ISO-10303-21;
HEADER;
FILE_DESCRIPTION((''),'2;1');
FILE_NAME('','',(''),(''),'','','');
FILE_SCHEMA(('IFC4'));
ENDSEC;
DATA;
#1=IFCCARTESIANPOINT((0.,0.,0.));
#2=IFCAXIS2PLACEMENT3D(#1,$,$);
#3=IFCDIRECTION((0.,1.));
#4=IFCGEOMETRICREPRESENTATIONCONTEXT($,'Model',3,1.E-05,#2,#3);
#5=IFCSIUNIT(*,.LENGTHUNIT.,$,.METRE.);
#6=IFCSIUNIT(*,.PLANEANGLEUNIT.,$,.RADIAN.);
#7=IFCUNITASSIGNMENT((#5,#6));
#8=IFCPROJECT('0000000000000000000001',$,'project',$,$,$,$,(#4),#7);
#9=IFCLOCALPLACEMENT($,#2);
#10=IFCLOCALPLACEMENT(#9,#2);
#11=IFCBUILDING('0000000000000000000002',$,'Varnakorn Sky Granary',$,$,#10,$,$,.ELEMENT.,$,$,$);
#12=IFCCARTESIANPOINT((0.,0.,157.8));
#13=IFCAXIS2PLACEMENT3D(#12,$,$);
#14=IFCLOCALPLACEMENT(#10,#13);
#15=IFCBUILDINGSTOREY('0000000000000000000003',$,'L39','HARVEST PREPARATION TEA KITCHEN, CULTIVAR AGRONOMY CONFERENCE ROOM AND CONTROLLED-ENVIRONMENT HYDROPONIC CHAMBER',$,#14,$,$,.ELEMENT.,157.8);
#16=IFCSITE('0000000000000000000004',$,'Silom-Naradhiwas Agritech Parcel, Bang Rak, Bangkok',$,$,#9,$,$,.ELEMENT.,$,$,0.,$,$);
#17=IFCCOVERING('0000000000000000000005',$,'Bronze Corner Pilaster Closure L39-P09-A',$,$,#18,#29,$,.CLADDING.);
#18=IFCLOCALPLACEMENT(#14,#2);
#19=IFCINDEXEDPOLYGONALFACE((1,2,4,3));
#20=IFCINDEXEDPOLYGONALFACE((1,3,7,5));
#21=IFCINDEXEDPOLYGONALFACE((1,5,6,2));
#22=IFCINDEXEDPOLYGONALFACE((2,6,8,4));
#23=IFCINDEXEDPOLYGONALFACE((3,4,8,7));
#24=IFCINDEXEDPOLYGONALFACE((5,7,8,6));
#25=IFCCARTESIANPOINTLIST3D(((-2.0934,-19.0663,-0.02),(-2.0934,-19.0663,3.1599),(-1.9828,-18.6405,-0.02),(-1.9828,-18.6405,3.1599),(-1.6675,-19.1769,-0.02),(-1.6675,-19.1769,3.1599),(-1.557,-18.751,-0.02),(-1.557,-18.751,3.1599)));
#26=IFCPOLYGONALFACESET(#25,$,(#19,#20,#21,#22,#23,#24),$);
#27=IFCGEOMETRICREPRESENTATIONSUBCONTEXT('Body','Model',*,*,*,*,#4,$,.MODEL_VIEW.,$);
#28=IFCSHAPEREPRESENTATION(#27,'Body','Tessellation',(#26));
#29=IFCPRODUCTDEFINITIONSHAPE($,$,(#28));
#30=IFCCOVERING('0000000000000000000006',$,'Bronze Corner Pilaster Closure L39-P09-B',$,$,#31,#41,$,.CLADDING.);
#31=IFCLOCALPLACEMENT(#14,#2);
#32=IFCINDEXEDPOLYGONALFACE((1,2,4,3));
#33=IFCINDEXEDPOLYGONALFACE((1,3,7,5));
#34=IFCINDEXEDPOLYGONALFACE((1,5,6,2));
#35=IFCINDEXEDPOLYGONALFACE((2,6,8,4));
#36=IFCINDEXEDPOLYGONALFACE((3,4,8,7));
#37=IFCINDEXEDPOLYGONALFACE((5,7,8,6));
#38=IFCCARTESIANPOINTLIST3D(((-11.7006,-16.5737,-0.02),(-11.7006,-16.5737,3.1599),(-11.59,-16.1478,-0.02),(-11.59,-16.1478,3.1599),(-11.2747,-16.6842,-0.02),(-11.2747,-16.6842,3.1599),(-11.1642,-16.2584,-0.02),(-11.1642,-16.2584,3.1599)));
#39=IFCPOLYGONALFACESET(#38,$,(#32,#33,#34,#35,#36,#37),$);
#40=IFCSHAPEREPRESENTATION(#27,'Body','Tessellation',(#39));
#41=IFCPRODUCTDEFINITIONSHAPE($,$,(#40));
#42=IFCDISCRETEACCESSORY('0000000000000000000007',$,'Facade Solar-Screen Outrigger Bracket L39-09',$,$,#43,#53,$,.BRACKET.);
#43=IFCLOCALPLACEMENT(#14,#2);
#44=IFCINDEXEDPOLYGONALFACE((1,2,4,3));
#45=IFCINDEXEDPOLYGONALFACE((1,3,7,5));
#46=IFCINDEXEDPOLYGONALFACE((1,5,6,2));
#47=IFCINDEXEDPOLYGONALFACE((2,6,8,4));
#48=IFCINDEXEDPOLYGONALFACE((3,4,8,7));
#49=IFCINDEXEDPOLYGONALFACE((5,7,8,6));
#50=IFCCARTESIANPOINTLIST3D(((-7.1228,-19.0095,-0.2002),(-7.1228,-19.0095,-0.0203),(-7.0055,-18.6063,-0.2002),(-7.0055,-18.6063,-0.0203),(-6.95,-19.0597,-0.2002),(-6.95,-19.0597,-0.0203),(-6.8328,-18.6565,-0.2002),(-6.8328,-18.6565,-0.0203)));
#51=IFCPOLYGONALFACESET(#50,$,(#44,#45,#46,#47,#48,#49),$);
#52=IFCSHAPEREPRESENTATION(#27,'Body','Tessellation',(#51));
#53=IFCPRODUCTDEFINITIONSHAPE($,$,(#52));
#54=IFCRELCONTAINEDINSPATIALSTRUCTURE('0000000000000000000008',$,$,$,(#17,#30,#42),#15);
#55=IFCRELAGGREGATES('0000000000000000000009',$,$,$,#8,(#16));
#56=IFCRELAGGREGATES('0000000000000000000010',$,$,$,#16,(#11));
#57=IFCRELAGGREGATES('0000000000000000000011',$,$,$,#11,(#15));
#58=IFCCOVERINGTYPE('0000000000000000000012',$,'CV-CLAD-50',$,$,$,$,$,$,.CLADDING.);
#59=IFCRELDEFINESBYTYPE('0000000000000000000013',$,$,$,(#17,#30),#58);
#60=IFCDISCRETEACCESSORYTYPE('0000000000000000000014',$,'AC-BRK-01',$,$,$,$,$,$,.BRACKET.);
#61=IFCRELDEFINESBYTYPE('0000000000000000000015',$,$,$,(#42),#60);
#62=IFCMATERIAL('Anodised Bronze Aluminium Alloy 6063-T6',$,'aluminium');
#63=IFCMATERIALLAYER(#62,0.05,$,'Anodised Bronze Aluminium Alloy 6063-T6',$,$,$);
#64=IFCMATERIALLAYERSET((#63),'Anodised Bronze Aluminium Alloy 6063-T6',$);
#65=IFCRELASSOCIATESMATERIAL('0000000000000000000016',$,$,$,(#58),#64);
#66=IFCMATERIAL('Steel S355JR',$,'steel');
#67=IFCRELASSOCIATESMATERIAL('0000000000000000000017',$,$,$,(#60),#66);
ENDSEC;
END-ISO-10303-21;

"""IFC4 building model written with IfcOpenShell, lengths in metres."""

from ifc_helpers import new_model, si_unit, direction, frame, origin, origin_2d, place, context, subcontext, project, spatial, rectangle, extrude, source, transform, mapped, material, layer, layer_set, type_object, type_shapes, element, save


model = new_model("IFC4")

# Units and contexts
model_context = context("Model", 3, precision=1e-05, world=origin(), true_north=direction((0.0, 1.0)))
body_context = subcontext(model_context, "Body", "Model", "MODEL_VIEW")
ifc_project = project(units=[si_unit("LENGTHUNIT", "METRE"), si_unit("PLANEANGLEUNIT", "RADIAN")], contexts=[model_context])

# Site, building, storey
site_placement = place(None, origin())
site = spatial("IfcSite", under=ifc_project, at=site_placement, Name="Silom-Naradhiwas Agritech Parcel, Bang Rak, Bangkok", CompositionType="ELEMENT", RefElevation=0.0)
building_placement = place(site_placement, origin())
building = spatial("IfcBuilding", under=site, at=building_placement, Name="Varnakorn Sky Granary", CompositionType="ELEMENT")
storey_placement = place(building_placement, frame((0.0, 0.0, 157.8)))
storey = spatial("IfcBuildingStorey", under=building, at=storey_placement, Name="L39", Description="HARVEST PREPARATION TEA KITCHEN, CULTIVAR AGRONOMY CONFERENCE ROOM AND CONTROLLED-ENVIRONMENT HYDROPONIC CHAMBER", CompositionType="ELEMENT", Elevation=157.8)

# Shared definitions
ifc_material_1 = material(Name="Steel S355JR", Category="steel")

# Shared definitions
ifc_material_2 = material(Name="Anodised Bronze Aluminium Alloy 6063-T6", Category="aluminium")

# Coverings
ifc_layer_1 = layer(ifc_material_2, 0.05, Name="Anodised Bronze Aluminium Alloy 6063-T6")
ifc_layer_set_1 = layer_set([ifc_layer_1], Name="Anodised Bronze Aluminium Alloy 6063-T6")
covering_type = type_object("IfcCoveringType", Name="CV-CLAD-50", PredefinedType="CLADDING", material=ifc_layer_set_1)
shared_shape_1 = source(origin(), body_context, "Body", "SweptSolid", [
    extrude(rectangle(XDim=0.4399, YDim=0.4399, at=origin_2d()), origin(), (0.0, 0.0, 1.0), 3.1799),
])
type_shapes(covering_type, [shared_shape_1])
for number, where, z_axis, x_axis, name in (
    (1, (-1.8252, -18.9087, -0.02), (0.0, 0.0, 1.0), (-0.967929, 0.251225, 0.0), "Bronze Corner Pilaster Closure L39-P09-A"),
    (2, (-11.4324, -16.416, -0.02), (0.0, 0.0, 1.0), (-0.967929, 0.251225, 0.0), "Bronze Corner Pilaster Closure L39-P09-B"),
):
    element("IfcCovering", number, at=place(storey_placement, frame(where, z_axis=z_axis, x_axis=x_axis)), inside=storey, type_object=covering_type, Name=name, PredefinedType="CLADDING", context=body_context, shape_type="MappedRepresentation", body=[
        mapped(shared_shape_1, transform((0.0, 0.0, 0.0), x_axis=(1.0, 0.0, 0.0), y_axis=(0.0, 1.0, 0.0), z_axis=(0.0, 0.0, 1.0), scale=1.0)),
    ])

# Discrete accessory
discrete_accessory_type = type_object("IfcDiscreteAccessoryType", Name="AC-BRK-01", PredefinedType="BRACKET", material=ifc_material_1)
shared_shape_2 = source(origin(), body_context, "Body", "SweptSolid", [
    extrude(rectangle(XDim=0.1799, YDim=0.4199, at=origin_2d()), origin(), (0.0, 0.0, 1.0), 0.1799),
])
type_shapes(discrete_accessory_type, [shared_shape_2])
discrete_accessory_placement = place(storey_placement, frame((-6.9778, -18.833, -0.2002), z_axis=(0.0, 0.0, 1.0), x_axis=(0.960207, -0.279289, 0.0)))
element("IfcDiscreteAccessory", 3, at=discrete_accessory_placement, inside=storey, type_object=discrete_accessory_type, Name="Facade Solar-Screen Outrigger Bracket L39-09", PredefinedType="BRACKET", context=body_context, shape_type="MappedRepresentation", body=[
    mapped(shared_shape_2, transform((0.0, 0.0, 0.0), x_axis=(1.0, 0.0, 0.0), y_axis=(0.0, 1.0, 0.0), z_axis=(0.0, 0.0, 1.0), scale=1.0)),
])

save(model, "model.ifc")
